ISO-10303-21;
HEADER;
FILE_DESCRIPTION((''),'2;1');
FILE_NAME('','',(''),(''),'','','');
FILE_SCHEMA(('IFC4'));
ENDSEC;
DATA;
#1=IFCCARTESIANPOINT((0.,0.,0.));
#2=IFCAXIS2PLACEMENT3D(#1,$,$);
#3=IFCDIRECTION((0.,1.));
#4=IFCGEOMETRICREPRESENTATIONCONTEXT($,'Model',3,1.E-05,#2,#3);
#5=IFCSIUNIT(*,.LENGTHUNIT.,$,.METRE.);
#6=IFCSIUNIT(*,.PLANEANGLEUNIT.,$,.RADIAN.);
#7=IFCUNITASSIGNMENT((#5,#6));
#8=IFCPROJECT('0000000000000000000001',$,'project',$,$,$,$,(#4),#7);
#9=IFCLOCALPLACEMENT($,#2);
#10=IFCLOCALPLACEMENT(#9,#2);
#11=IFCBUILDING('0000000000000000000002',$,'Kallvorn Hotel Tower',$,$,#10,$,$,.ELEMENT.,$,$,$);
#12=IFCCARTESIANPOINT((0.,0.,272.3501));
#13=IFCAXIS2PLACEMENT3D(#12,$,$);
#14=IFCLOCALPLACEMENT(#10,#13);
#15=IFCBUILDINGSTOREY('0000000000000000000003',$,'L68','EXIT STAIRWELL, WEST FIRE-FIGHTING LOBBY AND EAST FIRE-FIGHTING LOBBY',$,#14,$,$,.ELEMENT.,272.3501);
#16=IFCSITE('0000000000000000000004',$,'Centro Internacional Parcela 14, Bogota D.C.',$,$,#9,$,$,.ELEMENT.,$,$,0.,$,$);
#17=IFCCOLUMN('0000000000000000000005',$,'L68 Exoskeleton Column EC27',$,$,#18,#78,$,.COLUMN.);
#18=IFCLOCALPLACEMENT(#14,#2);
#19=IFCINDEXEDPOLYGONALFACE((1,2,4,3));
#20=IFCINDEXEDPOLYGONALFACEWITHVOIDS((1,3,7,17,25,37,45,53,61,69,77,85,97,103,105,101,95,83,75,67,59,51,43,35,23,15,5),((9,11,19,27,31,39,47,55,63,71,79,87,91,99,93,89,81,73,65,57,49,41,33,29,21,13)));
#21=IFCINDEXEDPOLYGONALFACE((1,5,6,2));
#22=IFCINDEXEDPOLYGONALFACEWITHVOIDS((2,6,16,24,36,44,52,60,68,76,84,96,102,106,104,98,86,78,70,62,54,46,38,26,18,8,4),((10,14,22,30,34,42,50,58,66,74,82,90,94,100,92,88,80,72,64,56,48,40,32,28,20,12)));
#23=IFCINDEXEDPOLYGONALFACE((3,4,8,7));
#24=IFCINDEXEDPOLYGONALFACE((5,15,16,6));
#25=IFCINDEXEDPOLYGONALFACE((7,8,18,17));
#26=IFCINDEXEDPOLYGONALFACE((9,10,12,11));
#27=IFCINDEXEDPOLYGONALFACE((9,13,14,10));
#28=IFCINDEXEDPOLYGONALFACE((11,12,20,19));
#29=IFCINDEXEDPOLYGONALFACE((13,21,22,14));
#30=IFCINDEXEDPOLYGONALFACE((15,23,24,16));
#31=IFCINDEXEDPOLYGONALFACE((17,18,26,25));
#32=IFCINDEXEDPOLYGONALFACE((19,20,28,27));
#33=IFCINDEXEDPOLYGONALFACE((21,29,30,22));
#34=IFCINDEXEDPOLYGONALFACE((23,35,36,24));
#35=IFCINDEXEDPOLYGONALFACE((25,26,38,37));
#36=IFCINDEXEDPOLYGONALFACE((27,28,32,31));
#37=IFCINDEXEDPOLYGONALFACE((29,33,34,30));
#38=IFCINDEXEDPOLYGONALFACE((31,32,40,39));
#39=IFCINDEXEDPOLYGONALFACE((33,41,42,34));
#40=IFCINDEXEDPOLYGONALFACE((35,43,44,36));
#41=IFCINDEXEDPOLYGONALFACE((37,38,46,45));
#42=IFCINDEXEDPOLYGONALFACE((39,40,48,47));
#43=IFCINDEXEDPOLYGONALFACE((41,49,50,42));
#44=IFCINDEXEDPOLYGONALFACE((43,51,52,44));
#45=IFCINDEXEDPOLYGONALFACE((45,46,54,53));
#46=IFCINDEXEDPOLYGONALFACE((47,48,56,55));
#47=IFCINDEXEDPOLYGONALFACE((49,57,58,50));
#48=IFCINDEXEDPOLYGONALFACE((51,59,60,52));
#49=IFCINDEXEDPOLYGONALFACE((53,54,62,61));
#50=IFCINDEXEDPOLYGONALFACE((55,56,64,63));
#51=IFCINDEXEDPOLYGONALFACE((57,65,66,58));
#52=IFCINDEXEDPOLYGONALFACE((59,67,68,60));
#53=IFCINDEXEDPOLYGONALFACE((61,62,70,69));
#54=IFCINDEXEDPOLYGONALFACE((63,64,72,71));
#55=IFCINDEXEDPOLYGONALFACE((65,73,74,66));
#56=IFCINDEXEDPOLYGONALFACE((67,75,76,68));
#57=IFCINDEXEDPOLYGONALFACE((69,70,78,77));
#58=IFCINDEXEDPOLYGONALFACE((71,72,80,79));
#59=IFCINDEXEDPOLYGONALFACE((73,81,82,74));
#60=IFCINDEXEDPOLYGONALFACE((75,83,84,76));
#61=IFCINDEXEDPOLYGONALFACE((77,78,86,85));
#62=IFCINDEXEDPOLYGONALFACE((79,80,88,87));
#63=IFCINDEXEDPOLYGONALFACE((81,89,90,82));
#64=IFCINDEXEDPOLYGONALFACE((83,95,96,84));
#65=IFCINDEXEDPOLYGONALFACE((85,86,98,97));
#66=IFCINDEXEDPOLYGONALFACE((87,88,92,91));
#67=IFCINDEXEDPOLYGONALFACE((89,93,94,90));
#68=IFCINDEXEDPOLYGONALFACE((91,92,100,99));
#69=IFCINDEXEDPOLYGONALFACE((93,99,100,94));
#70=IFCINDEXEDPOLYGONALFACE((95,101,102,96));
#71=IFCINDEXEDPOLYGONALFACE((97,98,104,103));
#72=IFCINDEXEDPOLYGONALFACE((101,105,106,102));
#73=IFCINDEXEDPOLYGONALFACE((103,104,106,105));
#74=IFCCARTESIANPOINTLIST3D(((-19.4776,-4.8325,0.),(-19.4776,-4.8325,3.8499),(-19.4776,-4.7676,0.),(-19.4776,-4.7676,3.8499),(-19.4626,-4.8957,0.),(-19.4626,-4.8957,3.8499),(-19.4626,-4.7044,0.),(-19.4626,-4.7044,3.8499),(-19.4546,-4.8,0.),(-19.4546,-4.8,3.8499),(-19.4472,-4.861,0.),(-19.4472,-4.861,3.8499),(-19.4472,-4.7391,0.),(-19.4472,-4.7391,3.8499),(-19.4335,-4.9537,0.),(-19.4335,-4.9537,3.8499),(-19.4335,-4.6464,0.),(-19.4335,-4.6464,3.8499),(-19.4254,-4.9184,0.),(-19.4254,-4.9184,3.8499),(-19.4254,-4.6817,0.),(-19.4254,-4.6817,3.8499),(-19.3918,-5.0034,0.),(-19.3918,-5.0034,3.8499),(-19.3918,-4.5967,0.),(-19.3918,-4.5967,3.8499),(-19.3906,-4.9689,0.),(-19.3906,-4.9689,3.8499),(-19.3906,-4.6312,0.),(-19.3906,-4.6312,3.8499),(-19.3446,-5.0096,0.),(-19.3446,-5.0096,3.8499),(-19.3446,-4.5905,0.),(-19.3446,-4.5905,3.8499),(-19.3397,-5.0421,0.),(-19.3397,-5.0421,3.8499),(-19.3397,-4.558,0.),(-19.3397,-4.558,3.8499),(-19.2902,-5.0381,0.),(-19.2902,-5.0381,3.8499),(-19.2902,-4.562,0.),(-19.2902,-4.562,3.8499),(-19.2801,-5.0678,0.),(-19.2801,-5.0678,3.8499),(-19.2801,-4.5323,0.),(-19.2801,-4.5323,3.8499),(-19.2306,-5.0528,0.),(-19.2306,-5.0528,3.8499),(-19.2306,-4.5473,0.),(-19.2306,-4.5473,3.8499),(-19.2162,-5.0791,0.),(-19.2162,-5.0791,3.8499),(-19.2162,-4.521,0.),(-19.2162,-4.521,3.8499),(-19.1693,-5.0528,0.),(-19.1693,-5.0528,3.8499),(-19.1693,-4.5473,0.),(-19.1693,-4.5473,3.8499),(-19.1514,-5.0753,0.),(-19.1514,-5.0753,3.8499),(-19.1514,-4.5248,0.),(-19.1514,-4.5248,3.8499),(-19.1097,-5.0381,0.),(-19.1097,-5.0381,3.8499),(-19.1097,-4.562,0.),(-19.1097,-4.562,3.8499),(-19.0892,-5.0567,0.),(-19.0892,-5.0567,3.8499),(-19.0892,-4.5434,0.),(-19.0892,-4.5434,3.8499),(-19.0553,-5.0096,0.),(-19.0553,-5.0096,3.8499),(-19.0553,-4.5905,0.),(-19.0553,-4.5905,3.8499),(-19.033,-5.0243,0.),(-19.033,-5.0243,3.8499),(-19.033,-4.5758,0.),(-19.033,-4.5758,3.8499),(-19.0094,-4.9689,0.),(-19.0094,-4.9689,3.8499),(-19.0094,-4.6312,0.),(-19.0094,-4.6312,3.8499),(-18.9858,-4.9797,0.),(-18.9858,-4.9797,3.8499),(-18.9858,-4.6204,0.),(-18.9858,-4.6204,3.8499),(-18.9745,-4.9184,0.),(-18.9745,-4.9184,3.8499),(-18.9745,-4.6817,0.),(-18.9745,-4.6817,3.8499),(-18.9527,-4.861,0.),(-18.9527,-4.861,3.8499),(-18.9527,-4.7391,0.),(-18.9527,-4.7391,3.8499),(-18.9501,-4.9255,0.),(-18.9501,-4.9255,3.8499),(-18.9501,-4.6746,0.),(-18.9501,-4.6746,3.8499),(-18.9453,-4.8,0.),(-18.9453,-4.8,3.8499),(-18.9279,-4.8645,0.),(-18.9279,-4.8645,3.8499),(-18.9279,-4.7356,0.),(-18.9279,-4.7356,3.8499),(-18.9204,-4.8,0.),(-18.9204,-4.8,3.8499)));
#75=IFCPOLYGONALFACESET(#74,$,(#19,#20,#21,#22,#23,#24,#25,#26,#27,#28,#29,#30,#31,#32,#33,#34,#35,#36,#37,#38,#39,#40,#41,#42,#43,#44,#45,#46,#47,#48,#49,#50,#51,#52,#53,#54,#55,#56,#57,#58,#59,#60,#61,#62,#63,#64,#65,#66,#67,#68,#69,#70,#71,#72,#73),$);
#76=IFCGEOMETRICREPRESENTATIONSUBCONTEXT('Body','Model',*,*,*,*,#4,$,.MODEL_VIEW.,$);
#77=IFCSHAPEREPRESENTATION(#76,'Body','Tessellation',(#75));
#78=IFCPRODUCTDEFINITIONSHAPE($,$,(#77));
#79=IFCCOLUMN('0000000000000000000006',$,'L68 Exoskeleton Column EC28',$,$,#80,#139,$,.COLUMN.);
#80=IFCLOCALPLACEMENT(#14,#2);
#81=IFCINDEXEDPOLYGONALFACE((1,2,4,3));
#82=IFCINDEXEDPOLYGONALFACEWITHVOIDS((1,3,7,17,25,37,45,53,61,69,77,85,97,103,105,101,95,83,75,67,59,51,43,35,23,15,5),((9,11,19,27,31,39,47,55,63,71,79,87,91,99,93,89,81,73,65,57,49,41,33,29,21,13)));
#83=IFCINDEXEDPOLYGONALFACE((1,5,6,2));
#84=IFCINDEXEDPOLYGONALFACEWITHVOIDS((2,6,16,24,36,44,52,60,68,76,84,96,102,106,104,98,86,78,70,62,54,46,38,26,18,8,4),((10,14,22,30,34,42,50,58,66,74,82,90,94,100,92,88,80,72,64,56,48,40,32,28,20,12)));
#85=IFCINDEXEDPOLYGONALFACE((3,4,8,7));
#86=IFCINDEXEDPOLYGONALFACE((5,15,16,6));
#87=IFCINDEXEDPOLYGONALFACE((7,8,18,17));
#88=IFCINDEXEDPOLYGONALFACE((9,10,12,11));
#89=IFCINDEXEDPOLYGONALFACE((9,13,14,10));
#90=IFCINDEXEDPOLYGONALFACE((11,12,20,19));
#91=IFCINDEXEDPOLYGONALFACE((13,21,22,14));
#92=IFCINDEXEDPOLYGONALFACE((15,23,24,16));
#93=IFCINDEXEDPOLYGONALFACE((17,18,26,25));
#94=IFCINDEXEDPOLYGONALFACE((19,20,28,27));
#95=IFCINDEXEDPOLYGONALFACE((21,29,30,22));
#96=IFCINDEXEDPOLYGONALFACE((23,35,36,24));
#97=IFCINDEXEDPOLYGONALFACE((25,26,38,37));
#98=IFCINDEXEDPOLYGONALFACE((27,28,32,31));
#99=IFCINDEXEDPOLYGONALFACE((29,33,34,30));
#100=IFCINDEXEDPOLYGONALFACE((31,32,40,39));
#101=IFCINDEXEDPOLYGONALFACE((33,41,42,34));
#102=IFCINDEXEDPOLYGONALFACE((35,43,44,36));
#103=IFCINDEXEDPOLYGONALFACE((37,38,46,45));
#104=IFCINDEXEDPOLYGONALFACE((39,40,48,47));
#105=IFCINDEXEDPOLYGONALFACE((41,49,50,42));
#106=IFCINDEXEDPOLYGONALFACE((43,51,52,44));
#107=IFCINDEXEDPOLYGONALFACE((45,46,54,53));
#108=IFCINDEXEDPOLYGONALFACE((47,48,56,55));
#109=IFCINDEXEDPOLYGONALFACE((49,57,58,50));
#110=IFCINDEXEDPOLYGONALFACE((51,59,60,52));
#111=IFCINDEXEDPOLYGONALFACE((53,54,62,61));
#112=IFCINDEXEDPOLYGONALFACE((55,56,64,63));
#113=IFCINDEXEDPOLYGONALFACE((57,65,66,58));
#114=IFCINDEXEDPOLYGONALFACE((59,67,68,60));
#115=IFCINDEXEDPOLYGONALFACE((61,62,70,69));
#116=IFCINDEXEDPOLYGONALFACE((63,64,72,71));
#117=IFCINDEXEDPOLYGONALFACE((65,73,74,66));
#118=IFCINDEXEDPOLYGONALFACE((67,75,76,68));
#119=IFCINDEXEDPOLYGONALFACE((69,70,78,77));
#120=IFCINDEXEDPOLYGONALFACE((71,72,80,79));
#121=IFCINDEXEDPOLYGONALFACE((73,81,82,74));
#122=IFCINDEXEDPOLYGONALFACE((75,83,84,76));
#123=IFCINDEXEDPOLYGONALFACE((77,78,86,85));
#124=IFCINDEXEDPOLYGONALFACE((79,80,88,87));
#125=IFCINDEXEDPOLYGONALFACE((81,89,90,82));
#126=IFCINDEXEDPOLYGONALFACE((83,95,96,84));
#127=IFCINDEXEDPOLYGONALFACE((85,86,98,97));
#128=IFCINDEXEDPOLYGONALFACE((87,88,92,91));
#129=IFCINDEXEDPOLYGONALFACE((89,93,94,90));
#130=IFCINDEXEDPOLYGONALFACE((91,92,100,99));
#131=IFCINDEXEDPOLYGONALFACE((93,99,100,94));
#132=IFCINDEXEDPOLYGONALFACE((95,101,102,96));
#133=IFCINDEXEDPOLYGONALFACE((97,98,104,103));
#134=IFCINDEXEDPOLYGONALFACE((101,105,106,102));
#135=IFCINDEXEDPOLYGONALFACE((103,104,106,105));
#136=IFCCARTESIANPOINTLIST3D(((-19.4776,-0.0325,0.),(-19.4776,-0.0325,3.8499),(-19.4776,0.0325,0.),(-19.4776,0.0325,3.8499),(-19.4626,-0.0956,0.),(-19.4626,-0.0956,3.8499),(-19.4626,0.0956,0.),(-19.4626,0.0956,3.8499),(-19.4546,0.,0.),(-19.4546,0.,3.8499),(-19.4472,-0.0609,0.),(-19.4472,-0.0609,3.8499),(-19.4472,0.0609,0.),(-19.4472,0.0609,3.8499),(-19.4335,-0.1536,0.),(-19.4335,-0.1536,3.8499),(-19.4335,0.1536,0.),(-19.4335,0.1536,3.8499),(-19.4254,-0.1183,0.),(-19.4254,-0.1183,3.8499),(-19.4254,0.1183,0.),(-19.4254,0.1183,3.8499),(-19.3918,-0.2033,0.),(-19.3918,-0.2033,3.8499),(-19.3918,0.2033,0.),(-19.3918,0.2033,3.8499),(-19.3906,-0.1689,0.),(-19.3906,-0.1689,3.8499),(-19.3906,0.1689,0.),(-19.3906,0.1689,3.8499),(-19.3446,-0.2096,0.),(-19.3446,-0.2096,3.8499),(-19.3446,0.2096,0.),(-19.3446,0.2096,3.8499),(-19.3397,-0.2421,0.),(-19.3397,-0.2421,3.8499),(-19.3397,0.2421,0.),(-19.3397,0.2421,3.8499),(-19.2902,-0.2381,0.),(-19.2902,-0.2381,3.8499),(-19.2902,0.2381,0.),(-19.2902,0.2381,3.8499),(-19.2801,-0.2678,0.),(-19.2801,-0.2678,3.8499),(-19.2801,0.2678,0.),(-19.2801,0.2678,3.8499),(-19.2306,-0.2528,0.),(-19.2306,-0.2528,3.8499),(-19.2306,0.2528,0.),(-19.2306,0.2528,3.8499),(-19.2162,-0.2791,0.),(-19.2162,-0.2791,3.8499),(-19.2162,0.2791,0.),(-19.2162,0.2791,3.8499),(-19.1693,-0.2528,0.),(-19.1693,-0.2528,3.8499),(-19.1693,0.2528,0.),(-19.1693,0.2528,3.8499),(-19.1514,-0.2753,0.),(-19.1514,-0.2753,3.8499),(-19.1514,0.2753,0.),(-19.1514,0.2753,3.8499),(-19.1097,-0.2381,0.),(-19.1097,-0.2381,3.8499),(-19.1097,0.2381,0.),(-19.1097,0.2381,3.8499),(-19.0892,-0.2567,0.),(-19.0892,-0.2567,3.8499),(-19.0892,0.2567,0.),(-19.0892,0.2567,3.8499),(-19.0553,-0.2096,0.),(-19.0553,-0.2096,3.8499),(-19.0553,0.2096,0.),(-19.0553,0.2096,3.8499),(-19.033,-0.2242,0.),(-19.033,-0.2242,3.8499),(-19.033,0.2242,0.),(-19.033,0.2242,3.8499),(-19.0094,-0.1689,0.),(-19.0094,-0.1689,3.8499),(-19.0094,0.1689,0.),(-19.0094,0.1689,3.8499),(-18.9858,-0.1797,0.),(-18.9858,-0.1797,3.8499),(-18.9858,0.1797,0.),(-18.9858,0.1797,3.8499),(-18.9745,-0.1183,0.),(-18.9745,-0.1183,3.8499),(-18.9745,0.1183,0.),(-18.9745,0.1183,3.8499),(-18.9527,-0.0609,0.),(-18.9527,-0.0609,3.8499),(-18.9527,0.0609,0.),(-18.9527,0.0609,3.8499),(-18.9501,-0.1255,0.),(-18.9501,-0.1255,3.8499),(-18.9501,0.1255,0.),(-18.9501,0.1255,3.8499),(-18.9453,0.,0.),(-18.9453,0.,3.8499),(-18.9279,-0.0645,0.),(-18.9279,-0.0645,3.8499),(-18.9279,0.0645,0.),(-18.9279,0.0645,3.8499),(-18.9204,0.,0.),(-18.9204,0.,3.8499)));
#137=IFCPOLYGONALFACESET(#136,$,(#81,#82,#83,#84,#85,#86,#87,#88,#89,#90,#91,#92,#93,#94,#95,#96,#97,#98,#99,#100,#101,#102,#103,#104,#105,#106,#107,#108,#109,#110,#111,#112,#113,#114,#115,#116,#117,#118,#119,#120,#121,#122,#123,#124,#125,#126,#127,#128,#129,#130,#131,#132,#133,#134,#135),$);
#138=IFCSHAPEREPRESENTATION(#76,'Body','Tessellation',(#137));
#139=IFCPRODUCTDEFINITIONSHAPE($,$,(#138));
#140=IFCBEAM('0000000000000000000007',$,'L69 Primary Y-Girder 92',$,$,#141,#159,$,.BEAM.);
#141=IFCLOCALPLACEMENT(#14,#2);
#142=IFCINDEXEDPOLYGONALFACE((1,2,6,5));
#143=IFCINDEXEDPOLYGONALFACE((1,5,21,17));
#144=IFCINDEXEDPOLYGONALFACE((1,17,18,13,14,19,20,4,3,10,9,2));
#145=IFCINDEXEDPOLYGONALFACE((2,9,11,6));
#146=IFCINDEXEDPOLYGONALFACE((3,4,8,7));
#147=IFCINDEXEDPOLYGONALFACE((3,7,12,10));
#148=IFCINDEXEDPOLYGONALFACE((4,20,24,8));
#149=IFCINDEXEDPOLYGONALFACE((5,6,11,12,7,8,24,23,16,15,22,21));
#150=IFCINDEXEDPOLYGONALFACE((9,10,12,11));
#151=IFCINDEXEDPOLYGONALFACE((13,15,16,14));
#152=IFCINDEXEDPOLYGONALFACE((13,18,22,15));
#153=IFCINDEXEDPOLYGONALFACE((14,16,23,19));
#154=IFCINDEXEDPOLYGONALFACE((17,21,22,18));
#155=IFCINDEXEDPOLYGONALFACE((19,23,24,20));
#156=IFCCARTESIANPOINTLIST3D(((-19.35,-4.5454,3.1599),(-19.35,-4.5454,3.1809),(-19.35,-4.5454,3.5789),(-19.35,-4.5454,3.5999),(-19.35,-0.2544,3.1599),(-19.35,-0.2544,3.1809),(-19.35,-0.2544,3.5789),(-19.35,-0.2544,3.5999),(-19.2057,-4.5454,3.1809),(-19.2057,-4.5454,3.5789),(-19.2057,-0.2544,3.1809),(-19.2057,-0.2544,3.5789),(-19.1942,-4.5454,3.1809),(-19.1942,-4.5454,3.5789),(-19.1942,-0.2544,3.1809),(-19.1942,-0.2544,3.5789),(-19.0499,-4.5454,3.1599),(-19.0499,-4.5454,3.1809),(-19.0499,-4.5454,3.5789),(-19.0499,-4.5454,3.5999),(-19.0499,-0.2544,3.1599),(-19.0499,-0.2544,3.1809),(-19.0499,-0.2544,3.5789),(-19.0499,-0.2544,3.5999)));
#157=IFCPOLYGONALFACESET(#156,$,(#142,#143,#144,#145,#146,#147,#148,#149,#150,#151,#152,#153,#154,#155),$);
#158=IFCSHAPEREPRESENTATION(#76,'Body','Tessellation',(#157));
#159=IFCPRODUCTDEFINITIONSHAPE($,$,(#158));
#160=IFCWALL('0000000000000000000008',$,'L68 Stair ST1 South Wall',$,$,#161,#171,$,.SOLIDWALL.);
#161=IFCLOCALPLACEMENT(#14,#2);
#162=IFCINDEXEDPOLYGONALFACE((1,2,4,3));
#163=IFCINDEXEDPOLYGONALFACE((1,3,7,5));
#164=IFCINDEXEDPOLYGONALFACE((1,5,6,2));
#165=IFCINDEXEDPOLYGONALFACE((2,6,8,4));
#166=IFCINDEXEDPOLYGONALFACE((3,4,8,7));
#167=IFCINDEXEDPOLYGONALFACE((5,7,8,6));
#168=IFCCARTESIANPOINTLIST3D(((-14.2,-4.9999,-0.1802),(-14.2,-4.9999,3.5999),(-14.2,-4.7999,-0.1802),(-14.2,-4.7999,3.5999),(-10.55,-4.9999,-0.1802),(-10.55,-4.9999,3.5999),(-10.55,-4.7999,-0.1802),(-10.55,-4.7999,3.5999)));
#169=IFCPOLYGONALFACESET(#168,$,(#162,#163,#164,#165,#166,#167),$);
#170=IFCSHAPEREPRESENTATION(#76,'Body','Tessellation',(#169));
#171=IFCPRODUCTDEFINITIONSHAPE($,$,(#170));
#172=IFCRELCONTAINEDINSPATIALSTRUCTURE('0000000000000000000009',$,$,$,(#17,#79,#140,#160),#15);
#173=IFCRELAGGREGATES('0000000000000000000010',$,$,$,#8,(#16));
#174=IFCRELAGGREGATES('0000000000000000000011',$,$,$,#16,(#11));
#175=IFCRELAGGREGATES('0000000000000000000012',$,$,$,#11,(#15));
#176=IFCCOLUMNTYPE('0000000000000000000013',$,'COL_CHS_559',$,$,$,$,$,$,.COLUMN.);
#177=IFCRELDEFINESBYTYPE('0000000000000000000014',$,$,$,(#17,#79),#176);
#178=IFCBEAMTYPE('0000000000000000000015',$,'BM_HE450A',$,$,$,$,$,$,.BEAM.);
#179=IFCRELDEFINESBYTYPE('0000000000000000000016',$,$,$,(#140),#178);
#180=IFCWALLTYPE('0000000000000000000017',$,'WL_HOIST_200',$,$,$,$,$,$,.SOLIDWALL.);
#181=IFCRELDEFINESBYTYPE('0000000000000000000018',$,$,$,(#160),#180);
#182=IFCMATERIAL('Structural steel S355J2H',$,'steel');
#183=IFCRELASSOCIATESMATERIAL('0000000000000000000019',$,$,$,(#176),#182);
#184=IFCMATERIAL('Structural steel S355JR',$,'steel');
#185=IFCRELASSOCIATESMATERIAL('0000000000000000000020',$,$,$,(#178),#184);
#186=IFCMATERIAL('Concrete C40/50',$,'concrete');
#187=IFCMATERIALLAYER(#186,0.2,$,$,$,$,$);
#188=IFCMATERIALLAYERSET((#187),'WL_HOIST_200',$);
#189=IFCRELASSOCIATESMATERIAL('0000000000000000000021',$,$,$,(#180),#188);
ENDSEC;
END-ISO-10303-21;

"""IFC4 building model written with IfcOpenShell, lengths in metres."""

from ifc_helpers import new_model, si_unit, direction, frame, frame_2d, origin, origin_2d, place, context, subcontext, project, spatial, rectangle, hollow_circle, i_section, extrude, material, layer, layer_set, material_profile, profile_set, type_object, element, save


model = new_model("IFC4")

# Units and contexts
model_context = context("Model", 3, precision=1e-05, world=origin(), true_north=direction((0.0, 1.0)))
body_context = subcontext(model_context, "Body", "Model", "MODEL_VIEW")
ifc_project = project(units=[si_unit("LENGTHUNIT", "METRE"), si_unit("PLANEANGLEUNIT", "RADIAN")], contexts=[model_context])

# Site, building, storey
site_placement = place(None, origin())
site = spatial("IfcSite", under=ifc_project, at=site_placement, Name="Centro Internacional Parcela 14, Bogota D.C.", CompositionType="ELEMENT", RefElevation=0.0)
building_placement = place(site_placement, origin())
building = spatial("IfcBuilding", under=site, at=building_placement, Name="Kallvorn Hotel Tower", CompositionType="ELEMENT")
storey_placement = place(building_placement, frame((0.0, 0.0, 272.3501)))
storey = spatial("IfcBuildingStorey", under=building, at=storey_placement, Name="L68", Description="EXIT STAIRWELL, WEST FIRE-FIGHTING LOBBY AND EAST FIRE-FIGHTING LOBBY", CompositionType="ELEMENT", Elevation=272.3501)

# Columns
ifc_material_1 = material(Name="Structural steel S355J2H", Category="steel")
ifc_material_profile_1 = material_profile(ifc_material_1, hollow_circle(Radius=0.2795, WallThickness=0.0249, at=origin_2d()), Name="CHS 559x25")
ifc_profile_set_1 = profile_set([ifc_material_profile_1], Name="Structural steel S355J2H")
column_type = type_object("IfcColumnType", Name="COL_CHS_559", PredefinedType="COLUMN", material=ifc_profile_set_1)
for number, where, z_axis, x_axis, name in (
    (1, (-19.2, -4.8, 0.0), (0.0, 0.0, 1.0), (1.0, 0.0, 0.0), "L68 Exoskeleton Column EC27"),
    (2, (-19.2, 0.0, 0.0), (0.0, 0.0, 1.0), (1.0, 0.0, 0.0), "L68 Exoskeleton Column EC28"),
):
    element("IfcColumn", number, at=place(storey_placement, frame(where, z_axis=z_axis, x_axis=x_axis)), inside=storey, type_object=column_type, Name=name, PredefinedType="COLUMN", context=body_context, shape_type="SweptSolid", body=[
        extrude(hollow_circle(Radius=0.2795, WallThickness=0.0249, at=origin_2d()), origin(), (0.0, 0.0, 1.0), 3.8499),
    ])

# Beam
ifc_material_2 = material(Name="Structural steel S355JR", Category="steel")
ifc_material_profile_2 = material_profile(ifc_material_2, i_section(OverallWidth=0.3, OverallDepth=0.4399, WebThickness=0.0115, FlangeThickness=0.021, at=origin_2d()), Name="HE 450 A")
ifc_profile_set_2 = profile_set([ifc_material_profile_2], Name="Structural steel S355JR")
beam_type = type_object("IfcBeamType", Name="BM_HE450A", PredefinedType="BEAM", material=ifc_profile_set_2)
beam_placement = place(storey_placement, frame((-19.2, -4.5454, 3.3799), z_axis=(0.0, 1.0, 0.0), x_axis=(-1.0, 0.0, 0.0)))
element("IfcBeam", 3, at=beam_placement, inside=storey, type_object=beam_type, Name="L69 Primary Y-Girder 92", PredefinedType="BEAM", context=body_context, shape_type="SweptSolid", body=[
    extrude(i_section(OverallWidth=0.3, OverallDepth=0.4399, WebThickness=0.0115, FlangeThickness=0.021, at=origin_2d()), origin(), (0.0, 0.0, 1.0), 4.291),
])

# Wall
ifc_material_3 = material(Name="Concrete C40/50", Category="concrete")
ifc_layer_1 = layer(ifc_material_3, 0.2)
ifc_layer_set_1 = layer_set([ifc_layer_1], Name="WL_HOIST_200")
wall_type_1 = type_object("IfcWallType", Name="WL_HOIST_200", PredefinedType="SOLIDWALL", material=ifc_layer_set_1)
wall_1_placement = place(storey_placement, frame((-14.2, -4.8999, -0.1802), z_axis=(0.0, 0.0, 1.0), x_axis=(1.0, 0.0, 0.0)))
element("IfcWall", 4, at=wall_1_placement, inside=storey, type_object=wall_type_1, Name="L68 Stair ST1 South Wall", PredefinedType="SOLIDWALL", context=body_context, shape_type="SweptSolid", body=[
    extrude(rectangle(XDim=3.6499, YDim=0.2, at=frame_2d((1.825, 0.0))), origin(), (0.0, 0.0, 1.0), 3.78),
])

save(model, "model.ifc")
